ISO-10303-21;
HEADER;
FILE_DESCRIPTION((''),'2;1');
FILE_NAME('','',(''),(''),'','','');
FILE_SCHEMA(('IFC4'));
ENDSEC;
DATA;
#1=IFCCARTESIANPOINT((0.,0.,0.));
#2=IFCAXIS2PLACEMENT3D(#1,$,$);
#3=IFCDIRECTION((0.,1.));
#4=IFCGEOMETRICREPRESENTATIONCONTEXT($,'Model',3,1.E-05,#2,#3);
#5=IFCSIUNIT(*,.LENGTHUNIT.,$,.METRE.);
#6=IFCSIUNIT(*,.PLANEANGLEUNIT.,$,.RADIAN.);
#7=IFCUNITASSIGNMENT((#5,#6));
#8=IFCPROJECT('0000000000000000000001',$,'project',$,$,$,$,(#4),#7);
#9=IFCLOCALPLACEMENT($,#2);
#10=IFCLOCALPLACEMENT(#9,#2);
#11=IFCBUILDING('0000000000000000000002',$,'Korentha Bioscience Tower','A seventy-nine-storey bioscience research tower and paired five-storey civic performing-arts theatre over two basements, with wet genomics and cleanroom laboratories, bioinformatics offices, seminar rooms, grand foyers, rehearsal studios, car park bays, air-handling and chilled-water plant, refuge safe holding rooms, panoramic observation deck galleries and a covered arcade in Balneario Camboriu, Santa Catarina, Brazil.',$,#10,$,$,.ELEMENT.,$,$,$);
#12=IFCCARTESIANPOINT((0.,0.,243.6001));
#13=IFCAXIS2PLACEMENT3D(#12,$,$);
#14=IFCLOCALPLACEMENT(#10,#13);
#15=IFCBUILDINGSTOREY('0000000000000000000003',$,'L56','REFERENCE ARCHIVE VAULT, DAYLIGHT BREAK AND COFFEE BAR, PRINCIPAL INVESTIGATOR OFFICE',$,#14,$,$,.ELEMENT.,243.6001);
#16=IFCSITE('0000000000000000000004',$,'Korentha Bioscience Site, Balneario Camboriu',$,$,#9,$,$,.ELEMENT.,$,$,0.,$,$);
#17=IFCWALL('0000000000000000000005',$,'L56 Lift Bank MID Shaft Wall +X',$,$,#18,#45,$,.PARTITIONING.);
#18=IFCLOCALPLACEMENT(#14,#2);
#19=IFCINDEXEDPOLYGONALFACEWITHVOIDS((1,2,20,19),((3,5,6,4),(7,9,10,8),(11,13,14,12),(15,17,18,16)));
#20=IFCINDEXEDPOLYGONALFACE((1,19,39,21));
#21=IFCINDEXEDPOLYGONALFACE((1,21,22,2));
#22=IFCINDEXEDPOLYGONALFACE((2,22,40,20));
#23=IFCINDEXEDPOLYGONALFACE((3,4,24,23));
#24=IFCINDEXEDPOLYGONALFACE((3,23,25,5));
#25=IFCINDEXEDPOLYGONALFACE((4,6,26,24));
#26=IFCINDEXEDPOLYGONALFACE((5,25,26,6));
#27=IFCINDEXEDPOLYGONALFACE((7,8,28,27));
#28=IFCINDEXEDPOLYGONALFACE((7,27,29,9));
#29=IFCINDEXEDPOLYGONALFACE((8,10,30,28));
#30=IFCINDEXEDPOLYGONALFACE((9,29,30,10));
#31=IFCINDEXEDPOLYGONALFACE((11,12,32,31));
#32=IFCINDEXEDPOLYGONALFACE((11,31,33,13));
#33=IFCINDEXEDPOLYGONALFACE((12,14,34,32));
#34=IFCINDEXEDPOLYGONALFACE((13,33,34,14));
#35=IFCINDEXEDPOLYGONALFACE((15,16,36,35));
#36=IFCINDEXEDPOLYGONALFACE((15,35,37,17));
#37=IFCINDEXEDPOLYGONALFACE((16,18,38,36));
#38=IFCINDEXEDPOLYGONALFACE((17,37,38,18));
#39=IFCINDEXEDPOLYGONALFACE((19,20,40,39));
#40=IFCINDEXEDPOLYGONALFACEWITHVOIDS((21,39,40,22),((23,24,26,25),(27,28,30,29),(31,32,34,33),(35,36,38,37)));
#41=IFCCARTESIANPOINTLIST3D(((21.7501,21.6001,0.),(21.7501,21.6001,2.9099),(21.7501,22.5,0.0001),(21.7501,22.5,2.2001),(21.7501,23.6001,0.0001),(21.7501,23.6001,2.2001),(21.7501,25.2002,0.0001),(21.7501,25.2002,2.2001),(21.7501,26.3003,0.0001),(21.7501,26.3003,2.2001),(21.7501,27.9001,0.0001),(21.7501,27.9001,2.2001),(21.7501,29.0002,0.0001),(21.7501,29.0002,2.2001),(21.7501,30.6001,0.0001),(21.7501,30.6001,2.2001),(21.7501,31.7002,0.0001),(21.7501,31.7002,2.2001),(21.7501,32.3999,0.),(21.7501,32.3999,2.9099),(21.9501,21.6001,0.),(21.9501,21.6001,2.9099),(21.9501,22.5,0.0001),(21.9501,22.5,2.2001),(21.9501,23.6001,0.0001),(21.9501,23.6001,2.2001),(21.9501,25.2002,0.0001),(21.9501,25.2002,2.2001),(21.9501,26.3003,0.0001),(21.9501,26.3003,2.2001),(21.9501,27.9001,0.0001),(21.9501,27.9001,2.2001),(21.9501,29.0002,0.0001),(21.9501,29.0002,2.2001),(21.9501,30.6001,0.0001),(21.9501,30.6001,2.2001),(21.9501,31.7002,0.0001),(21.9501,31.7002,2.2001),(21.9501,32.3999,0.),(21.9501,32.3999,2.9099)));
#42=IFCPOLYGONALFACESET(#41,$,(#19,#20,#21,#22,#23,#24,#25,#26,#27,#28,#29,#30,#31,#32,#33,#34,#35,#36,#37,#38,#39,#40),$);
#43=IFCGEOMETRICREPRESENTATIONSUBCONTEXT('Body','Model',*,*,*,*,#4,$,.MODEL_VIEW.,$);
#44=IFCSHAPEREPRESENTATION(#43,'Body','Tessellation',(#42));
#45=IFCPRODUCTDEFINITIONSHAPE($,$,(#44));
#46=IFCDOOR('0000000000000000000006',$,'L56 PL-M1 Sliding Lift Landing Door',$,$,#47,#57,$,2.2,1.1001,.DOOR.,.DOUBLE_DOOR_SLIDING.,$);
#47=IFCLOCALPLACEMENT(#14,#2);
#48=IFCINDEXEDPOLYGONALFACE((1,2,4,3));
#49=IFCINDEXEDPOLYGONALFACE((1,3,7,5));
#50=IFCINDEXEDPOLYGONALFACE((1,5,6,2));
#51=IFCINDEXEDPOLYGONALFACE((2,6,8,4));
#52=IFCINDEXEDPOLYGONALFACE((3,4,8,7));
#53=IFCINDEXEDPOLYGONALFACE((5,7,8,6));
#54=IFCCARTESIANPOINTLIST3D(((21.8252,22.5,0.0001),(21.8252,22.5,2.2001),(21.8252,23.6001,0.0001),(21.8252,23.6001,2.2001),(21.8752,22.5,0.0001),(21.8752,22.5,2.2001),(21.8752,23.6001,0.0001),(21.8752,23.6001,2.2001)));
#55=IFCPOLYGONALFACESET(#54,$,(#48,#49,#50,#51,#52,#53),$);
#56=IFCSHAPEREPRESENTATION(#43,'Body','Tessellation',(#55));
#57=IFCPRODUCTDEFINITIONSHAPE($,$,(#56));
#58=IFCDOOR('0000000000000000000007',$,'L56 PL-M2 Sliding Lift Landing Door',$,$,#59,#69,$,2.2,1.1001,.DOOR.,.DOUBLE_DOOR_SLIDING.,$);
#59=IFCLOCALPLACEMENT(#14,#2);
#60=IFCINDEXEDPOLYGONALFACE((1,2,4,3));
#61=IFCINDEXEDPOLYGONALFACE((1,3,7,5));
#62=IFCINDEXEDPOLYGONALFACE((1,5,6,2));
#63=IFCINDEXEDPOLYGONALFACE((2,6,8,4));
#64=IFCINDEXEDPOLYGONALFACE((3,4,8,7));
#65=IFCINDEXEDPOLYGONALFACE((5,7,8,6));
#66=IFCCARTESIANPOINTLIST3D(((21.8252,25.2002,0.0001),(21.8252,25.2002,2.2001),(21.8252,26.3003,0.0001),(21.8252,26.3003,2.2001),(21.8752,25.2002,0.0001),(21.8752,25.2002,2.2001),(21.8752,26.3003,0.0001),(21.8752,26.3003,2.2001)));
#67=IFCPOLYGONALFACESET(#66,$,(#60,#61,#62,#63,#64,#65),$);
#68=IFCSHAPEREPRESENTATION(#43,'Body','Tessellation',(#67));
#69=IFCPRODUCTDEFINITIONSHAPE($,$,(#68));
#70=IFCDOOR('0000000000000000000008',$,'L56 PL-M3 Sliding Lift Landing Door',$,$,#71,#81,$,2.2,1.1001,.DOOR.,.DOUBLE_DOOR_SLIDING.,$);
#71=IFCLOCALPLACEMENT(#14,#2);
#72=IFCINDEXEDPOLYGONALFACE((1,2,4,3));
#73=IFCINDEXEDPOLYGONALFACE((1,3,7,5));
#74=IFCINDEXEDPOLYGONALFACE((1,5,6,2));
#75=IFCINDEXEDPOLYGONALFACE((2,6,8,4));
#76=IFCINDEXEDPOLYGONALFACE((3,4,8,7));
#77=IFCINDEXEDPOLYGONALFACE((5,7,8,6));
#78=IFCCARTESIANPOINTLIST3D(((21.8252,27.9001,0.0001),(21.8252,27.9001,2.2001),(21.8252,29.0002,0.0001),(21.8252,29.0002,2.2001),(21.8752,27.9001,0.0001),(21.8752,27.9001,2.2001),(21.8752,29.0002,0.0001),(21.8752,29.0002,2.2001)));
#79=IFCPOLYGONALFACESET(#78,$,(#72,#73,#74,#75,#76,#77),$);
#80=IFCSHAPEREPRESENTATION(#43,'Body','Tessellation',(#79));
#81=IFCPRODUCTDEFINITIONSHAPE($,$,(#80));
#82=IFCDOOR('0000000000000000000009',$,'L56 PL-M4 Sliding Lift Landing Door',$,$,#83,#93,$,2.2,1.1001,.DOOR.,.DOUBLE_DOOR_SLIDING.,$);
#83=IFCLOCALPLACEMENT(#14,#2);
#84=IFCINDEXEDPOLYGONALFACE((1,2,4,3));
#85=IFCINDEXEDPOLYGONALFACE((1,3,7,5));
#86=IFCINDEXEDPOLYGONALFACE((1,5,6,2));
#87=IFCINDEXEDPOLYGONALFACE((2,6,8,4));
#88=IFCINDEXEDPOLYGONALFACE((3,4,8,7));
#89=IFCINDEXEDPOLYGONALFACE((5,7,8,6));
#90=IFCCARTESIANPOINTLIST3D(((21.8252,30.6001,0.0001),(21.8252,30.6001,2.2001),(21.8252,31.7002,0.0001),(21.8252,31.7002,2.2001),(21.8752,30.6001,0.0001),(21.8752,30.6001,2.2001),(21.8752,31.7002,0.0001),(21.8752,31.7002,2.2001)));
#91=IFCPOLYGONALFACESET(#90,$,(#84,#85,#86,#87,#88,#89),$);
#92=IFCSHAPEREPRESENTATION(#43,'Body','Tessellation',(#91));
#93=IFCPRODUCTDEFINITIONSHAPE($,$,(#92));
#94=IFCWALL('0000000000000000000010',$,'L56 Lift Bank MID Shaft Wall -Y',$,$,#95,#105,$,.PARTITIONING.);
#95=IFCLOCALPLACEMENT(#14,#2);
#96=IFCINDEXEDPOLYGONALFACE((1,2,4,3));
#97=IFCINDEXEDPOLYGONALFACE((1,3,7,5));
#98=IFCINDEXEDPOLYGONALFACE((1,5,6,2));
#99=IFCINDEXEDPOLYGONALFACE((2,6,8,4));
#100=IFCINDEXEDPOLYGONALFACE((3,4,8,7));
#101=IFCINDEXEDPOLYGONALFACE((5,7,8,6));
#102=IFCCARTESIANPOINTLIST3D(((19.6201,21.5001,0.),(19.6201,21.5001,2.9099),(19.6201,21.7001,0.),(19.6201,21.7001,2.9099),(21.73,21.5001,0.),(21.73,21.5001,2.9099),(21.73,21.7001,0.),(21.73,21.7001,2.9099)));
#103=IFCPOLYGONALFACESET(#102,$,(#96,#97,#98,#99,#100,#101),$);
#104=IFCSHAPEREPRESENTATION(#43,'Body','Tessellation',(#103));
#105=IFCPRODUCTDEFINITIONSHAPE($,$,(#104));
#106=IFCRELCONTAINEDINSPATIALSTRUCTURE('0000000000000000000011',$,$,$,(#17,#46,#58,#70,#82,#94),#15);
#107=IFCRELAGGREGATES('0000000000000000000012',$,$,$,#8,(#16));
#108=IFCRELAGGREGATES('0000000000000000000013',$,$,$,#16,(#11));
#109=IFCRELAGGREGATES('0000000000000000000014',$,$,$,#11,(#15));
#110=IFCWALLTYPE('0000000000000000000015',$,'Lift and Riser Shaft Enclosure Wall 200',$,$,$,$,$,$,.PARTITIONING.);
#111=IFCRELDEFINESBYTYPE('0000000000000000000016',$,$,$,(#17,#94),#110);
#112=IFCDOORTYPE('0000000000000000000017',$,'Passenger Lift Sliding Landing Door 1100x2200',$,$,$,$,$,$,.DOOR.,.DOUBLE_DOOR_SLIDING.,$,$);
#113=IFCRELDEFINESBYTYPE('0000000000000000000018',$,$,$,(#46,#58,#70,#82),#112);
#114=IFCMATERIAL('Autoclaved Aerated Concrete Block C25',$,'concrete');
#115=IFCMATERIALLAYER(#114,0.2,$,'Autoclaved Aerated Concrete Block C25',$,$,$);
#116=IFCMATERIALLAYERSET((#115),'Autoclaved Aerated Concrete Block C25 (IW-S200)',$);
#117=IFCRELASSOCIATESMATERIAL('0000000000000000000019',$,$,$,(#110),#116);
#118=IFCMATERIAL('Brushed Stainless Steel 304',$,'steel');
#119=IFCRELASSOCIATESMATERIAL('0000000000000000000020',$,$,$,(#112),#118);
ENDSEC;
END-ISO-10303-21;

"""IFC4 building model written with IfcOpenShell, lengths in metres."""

from ifc_helpers import new_model, si_unit, direction, frame, frame_2d, origin, place, context, subcontext, project, spatial, rectangle, extrude, material, layer, layer_set, type_object, element, fill, save


model = new_model("IFC4")

# Units and contexts
model_context = context("Model", 3, precision=1e-05, world=origin(), true_north=direction((0.0, 1.0)))
body_context = subcontext(model_context, "Body", "Model", "MODEL_VIEW")
ifc_project = project(units=[si_unit("LENGTHUNIT", "METRE"), si_unit("PLANEANGLEUNIT", "RADIAN")], contexts=[model_context])

# Site, building, storey
site_placement = place(None, origin())
site = spatial("IfcSite", under=ifc_project, at=site_placement, Name="Korentha Bioscience Site, Balneario Camboriu", CompositionType="ELEMENT", RefElevation=0.0)
building_placement = place(site_placement, origin())
building = spatial("IfcBuilding", under=site, at=building_placement, Name="Korentha Bioscience Tower", Description="A seventy-nine-storey bioscience research tower and paired five-storey civic performing-arts theatre over two basements, with wet genomics and cleanroom laboratories, bioinformatics offices, seminar rooms, grand foyers, rehearsal studios, car park bays, air-handling and chilled-water plant, refuge safe holding rooms, panoramic observation deck galleries and a covered arcade in Balneario Camboriu, Santa Catarina, Brazil.", CompositionType="ELEMENT")
storey_placement = place(building_placement, frame((0.0, 0.0, 243.6001)))
storey = spatial("IfcBuildingStorey", under=building, at=storey_placement, Name="L56", Description="REFERENCE ARCHIVE VAULT, DAYLIGHT BREAK AND COFFEE BAR, PRINCIPAL INVESTIGATOR OFFICE", CompositionType="ELEMENT", Elevation=243.6001)

# Shared definitions
ifc_material_1 = material(Name="Autoclaved Aerated Concrete Block C25", Category="concrete")
ifc_layer_1 = layer(ifc_material_1, 0.2, Name="Autoclaved Aerated Concrete Block C25")
ifc_layer_set_1 = layer_set([ifc_layer_1], Name="Autoclaved Aerated Concrete Block C25 (IW-S200)")
wall_type_1 = type_object("IfcWallType", Name="Lift and Riser Shaft Enclosure Wall 200", PredefinedType="PARTITIONING", material=ifc_layer_set_1)

# Wall, openings, doors
wall_1_placement = place(storey_placement, frame((21.8501, 21.6001, 0.0), z_axis=(0.0, 0.0, 1.0), x_axis=(0.0, 1.0, 0.0)))
wall_1 = element("IfcWall", 1, at=wall_1_placement, inside=storey, type_object=wall_type_1, Name="L56 Lift Bank MID Shaft Wall +X", PredefinedType="PARTITIONING", context=body_context, shape_type="SweptSolid", body=[
    extrude(rectangle(XDim=10.7998, YDim=0.2, at=frame_2d((5.3999, 0.0))), origin(), (0.0, 0.0, 1.0), 2.9099),
])
opening_1_placement = place(wall_1_placement, frame((0.8999, 0.0, 0.0)))
opening_1 = element("IfcOpeningElement", 2, at=opening_1_placement, cuts=wall_1, PredefinedType="OPENING", context=body_context, shape_type="SweptSolid", body=[
    extrude(rectangle(XDim=1.1001, YDim=2.2, at=frame_2d((0.55, 1.1001))), frame((0.0, 0.1147, 0.0), z_axis=(0.0, -1.0, 0.0), x_axis=(1.0, 0.0, 0.0)), (0.0, 0.0, 1.0), 0.2297),
])
opening_2_placement = place(wall_1_placement, frame((3.6001, 0.0, 0.0)))
opening_2 = element("IfcOpeningElement", 3, at=opening_2_placement, cuts=wall_1, PredefinedType="OPENING", context=body_context, shape_type="SweptSolid", body=[
    extrude(rectangle(XDim=1.1001, YDim=2.2, at=frame_2d((0.55, 1.1001))), frame((0.0, 0.1147, 0.0), z_axis=(0.0, -1.0, 0.0), x_axis=(1.0, 0.0, 0.0)), (0.0, 0.0, 1.0), 0.2297),
])
opening_3_placement = place(wall_1_placement, frame((6.3, 0.0, 0.0)))
opening_3 = element("IfcOpeningElement", 4, at=opening_3_placement, cuts=wall_1, PredefinedType="OPENING", context=body_context, shape_type="SweptSolid", body=[
    extrude(rectangle(XDim=1.1001, YDim=2.2, at=frame_2d((0.55, 1.1001))), frame((0.0, 0.1147, 0.0), z_axis=(0.0, -1.0, 0.0), x_axis=(1.0, 0.0, 0.0)), (0.0, 0.0, 1.0), 0.2297),
])
opening_4_placement = place(wall_1_placement, frame((9.0, 0.0, 0.0)))
opening_4 = element("IfcOpeningElement", 5, at=opening_4_placement, cuts=wall_1, PredefinedType="OPENING", context=body_context, shape_type="SweptSolid", body=[
    extrude(rectangle(XDim=1.1001, YDim=2.2, at=frame_2d((0.55, 1.1001))), frame((0.0, 0.1147, 0.0), z_axis=(0.0, -1.0, 0.0), x_axis=(1.0, 0.0, 0.0)), (0.0, 0.0, 1.0), 0.2297),
])
ifc_material_2 = material(Name="Brushed Stainless Steel 304", Category="steel")
door_type_1 = type_object("IfcDoorType", Name="Passenger Lift Sliding Landing Door 1100x2200", OperationType="DOUBLE_DOOR_SLIDING", PredefinedType="DOOR", material=ifc_material_2)
door_1_placement = place(opening_1_placement, origin())
door_1 = element("IfcDoor", 6, at=door_1_placement, inside=storey, type_object=door_type_1, Name="L56 PL-M1 Sliding Lift Landing Door", OperationType="DOUBLE_DOOR_SLIDING", OverallHeight=2.2, OverallWidth=1.1001, PredefinedType="DOOR", context=body_context, shape_type="SweptSolid", body=[
    extrude(rectangle(XDim=1.1001, YDim=2.2, at=frame_2d((0.55, 1.1001))), frame((0.0, 0.0249, 0.0), z_axis=(0.0, -1.0, 0.0), x_axis=(1.0, 0.0, 0.0)), (0.0, 0.0, 1.0), 0.05),
])
fill(opening_1, door_1)
door_2_placement = place(opening_2_placement, origin())
door_2 = element("IfcDoor", 7, at=door_2_placement, inside=storey, type_object=door_type_1, Name="L56 PL-M2 Sliding Lift Landing Door", OperationType="DOUBLE_DOOR_SLIDING", OverallHeight=2.2, OverallWidth=1.1001, PredefinedType="DOOR", context=body_context, shape_type="SweptSolid", body=[
    extrude(rectangle(XDim=1.1001, YDim=2.2, at=frame_2d((0.55, 1.1001))), frame((0.0, 0.0249, 0.0), z_axis=(0.0, -1.0, 0.0), x_axis=(1.0, 0.0, 0.0)), (0.0, 0.0, 1.0), 0.05),
])
fill(opening_2, door_2)
door_3_placement = place(opening_3_placement, origin())
door_3 = element("IfcDoor", 8, at=door_3_placement, inside=storey, type_object=door_type_1, Name="L56 PL-M3 Sliding Lift Landing Door", OperationType="DOUBLE_DOOR_SLIDING", OverallHeight=2.2, OverallWidth=1.1001, PredefinedType="DOOR", context=body_context, shape_type="SweptSolid", body=[
    extrude(rectangle(XDim=1.1001, YDim=2.2, at=frame_2d((0.55, 1.1001))), frame((0.0, 0.0249, 0.0), z_axis=(0.0, -1.0, 0.0), x_axis=(1.0, 0.0, 0.0)), (0.0, 0.0, 1.0), 0.05),
])
fill(opening_3, door_3)
door_4_placement = place(opening_4_placement, origin())
door_4 = element("IfcDoor", 9, at=door_4_placement, inside=storey, type_object=door_type_1, Name="L56 PL-M4 Sliding Lift Landing Door", OperationType="DOUBLE_DOOR_SLIDING", OverallHeight=2.2, OverallWidth=1.1001, PredefinedType="DOOR", context=body_context, shape_type="SweptSolid", body=[
    extrude(rectangle(XDim=1.1001, YDim=2.2, at=frame_2d((0.55, 1.1001))), frame((0.0, 0.0249, 0.0), z_axis=(0.0, -1.0, 0.0), x_axis=(1.0, 0.0, 0.0)), (0.0, 0.0, 1.0), 0.05),
])
fill(opening_4, door_4)

# Wall
wall_2_placement = place(storey_placement, frame((19.6201, 21.6001, 0.0), z_axis=(0.0, 0.0, 1.0), x_axis=(1.0, 0.0, 0.0)))
element("IfcWall", 10, at=wall_2_placement, inside=storey, type_object=wall_type_1, Name="L56 Lift Bank MID Shaft Wall -Y", PredefinedType="PARTITIONING", context=body_context, shape_type="SweptSolid", body=[
    extrude(rectangle(XDim=2.1099, YDim=0.2, at=frame_2d((1.0549, 0.0))), origin(), (0.0, 0.0, 1.0), 2.9099),
])

save(model, "model.ifc")
